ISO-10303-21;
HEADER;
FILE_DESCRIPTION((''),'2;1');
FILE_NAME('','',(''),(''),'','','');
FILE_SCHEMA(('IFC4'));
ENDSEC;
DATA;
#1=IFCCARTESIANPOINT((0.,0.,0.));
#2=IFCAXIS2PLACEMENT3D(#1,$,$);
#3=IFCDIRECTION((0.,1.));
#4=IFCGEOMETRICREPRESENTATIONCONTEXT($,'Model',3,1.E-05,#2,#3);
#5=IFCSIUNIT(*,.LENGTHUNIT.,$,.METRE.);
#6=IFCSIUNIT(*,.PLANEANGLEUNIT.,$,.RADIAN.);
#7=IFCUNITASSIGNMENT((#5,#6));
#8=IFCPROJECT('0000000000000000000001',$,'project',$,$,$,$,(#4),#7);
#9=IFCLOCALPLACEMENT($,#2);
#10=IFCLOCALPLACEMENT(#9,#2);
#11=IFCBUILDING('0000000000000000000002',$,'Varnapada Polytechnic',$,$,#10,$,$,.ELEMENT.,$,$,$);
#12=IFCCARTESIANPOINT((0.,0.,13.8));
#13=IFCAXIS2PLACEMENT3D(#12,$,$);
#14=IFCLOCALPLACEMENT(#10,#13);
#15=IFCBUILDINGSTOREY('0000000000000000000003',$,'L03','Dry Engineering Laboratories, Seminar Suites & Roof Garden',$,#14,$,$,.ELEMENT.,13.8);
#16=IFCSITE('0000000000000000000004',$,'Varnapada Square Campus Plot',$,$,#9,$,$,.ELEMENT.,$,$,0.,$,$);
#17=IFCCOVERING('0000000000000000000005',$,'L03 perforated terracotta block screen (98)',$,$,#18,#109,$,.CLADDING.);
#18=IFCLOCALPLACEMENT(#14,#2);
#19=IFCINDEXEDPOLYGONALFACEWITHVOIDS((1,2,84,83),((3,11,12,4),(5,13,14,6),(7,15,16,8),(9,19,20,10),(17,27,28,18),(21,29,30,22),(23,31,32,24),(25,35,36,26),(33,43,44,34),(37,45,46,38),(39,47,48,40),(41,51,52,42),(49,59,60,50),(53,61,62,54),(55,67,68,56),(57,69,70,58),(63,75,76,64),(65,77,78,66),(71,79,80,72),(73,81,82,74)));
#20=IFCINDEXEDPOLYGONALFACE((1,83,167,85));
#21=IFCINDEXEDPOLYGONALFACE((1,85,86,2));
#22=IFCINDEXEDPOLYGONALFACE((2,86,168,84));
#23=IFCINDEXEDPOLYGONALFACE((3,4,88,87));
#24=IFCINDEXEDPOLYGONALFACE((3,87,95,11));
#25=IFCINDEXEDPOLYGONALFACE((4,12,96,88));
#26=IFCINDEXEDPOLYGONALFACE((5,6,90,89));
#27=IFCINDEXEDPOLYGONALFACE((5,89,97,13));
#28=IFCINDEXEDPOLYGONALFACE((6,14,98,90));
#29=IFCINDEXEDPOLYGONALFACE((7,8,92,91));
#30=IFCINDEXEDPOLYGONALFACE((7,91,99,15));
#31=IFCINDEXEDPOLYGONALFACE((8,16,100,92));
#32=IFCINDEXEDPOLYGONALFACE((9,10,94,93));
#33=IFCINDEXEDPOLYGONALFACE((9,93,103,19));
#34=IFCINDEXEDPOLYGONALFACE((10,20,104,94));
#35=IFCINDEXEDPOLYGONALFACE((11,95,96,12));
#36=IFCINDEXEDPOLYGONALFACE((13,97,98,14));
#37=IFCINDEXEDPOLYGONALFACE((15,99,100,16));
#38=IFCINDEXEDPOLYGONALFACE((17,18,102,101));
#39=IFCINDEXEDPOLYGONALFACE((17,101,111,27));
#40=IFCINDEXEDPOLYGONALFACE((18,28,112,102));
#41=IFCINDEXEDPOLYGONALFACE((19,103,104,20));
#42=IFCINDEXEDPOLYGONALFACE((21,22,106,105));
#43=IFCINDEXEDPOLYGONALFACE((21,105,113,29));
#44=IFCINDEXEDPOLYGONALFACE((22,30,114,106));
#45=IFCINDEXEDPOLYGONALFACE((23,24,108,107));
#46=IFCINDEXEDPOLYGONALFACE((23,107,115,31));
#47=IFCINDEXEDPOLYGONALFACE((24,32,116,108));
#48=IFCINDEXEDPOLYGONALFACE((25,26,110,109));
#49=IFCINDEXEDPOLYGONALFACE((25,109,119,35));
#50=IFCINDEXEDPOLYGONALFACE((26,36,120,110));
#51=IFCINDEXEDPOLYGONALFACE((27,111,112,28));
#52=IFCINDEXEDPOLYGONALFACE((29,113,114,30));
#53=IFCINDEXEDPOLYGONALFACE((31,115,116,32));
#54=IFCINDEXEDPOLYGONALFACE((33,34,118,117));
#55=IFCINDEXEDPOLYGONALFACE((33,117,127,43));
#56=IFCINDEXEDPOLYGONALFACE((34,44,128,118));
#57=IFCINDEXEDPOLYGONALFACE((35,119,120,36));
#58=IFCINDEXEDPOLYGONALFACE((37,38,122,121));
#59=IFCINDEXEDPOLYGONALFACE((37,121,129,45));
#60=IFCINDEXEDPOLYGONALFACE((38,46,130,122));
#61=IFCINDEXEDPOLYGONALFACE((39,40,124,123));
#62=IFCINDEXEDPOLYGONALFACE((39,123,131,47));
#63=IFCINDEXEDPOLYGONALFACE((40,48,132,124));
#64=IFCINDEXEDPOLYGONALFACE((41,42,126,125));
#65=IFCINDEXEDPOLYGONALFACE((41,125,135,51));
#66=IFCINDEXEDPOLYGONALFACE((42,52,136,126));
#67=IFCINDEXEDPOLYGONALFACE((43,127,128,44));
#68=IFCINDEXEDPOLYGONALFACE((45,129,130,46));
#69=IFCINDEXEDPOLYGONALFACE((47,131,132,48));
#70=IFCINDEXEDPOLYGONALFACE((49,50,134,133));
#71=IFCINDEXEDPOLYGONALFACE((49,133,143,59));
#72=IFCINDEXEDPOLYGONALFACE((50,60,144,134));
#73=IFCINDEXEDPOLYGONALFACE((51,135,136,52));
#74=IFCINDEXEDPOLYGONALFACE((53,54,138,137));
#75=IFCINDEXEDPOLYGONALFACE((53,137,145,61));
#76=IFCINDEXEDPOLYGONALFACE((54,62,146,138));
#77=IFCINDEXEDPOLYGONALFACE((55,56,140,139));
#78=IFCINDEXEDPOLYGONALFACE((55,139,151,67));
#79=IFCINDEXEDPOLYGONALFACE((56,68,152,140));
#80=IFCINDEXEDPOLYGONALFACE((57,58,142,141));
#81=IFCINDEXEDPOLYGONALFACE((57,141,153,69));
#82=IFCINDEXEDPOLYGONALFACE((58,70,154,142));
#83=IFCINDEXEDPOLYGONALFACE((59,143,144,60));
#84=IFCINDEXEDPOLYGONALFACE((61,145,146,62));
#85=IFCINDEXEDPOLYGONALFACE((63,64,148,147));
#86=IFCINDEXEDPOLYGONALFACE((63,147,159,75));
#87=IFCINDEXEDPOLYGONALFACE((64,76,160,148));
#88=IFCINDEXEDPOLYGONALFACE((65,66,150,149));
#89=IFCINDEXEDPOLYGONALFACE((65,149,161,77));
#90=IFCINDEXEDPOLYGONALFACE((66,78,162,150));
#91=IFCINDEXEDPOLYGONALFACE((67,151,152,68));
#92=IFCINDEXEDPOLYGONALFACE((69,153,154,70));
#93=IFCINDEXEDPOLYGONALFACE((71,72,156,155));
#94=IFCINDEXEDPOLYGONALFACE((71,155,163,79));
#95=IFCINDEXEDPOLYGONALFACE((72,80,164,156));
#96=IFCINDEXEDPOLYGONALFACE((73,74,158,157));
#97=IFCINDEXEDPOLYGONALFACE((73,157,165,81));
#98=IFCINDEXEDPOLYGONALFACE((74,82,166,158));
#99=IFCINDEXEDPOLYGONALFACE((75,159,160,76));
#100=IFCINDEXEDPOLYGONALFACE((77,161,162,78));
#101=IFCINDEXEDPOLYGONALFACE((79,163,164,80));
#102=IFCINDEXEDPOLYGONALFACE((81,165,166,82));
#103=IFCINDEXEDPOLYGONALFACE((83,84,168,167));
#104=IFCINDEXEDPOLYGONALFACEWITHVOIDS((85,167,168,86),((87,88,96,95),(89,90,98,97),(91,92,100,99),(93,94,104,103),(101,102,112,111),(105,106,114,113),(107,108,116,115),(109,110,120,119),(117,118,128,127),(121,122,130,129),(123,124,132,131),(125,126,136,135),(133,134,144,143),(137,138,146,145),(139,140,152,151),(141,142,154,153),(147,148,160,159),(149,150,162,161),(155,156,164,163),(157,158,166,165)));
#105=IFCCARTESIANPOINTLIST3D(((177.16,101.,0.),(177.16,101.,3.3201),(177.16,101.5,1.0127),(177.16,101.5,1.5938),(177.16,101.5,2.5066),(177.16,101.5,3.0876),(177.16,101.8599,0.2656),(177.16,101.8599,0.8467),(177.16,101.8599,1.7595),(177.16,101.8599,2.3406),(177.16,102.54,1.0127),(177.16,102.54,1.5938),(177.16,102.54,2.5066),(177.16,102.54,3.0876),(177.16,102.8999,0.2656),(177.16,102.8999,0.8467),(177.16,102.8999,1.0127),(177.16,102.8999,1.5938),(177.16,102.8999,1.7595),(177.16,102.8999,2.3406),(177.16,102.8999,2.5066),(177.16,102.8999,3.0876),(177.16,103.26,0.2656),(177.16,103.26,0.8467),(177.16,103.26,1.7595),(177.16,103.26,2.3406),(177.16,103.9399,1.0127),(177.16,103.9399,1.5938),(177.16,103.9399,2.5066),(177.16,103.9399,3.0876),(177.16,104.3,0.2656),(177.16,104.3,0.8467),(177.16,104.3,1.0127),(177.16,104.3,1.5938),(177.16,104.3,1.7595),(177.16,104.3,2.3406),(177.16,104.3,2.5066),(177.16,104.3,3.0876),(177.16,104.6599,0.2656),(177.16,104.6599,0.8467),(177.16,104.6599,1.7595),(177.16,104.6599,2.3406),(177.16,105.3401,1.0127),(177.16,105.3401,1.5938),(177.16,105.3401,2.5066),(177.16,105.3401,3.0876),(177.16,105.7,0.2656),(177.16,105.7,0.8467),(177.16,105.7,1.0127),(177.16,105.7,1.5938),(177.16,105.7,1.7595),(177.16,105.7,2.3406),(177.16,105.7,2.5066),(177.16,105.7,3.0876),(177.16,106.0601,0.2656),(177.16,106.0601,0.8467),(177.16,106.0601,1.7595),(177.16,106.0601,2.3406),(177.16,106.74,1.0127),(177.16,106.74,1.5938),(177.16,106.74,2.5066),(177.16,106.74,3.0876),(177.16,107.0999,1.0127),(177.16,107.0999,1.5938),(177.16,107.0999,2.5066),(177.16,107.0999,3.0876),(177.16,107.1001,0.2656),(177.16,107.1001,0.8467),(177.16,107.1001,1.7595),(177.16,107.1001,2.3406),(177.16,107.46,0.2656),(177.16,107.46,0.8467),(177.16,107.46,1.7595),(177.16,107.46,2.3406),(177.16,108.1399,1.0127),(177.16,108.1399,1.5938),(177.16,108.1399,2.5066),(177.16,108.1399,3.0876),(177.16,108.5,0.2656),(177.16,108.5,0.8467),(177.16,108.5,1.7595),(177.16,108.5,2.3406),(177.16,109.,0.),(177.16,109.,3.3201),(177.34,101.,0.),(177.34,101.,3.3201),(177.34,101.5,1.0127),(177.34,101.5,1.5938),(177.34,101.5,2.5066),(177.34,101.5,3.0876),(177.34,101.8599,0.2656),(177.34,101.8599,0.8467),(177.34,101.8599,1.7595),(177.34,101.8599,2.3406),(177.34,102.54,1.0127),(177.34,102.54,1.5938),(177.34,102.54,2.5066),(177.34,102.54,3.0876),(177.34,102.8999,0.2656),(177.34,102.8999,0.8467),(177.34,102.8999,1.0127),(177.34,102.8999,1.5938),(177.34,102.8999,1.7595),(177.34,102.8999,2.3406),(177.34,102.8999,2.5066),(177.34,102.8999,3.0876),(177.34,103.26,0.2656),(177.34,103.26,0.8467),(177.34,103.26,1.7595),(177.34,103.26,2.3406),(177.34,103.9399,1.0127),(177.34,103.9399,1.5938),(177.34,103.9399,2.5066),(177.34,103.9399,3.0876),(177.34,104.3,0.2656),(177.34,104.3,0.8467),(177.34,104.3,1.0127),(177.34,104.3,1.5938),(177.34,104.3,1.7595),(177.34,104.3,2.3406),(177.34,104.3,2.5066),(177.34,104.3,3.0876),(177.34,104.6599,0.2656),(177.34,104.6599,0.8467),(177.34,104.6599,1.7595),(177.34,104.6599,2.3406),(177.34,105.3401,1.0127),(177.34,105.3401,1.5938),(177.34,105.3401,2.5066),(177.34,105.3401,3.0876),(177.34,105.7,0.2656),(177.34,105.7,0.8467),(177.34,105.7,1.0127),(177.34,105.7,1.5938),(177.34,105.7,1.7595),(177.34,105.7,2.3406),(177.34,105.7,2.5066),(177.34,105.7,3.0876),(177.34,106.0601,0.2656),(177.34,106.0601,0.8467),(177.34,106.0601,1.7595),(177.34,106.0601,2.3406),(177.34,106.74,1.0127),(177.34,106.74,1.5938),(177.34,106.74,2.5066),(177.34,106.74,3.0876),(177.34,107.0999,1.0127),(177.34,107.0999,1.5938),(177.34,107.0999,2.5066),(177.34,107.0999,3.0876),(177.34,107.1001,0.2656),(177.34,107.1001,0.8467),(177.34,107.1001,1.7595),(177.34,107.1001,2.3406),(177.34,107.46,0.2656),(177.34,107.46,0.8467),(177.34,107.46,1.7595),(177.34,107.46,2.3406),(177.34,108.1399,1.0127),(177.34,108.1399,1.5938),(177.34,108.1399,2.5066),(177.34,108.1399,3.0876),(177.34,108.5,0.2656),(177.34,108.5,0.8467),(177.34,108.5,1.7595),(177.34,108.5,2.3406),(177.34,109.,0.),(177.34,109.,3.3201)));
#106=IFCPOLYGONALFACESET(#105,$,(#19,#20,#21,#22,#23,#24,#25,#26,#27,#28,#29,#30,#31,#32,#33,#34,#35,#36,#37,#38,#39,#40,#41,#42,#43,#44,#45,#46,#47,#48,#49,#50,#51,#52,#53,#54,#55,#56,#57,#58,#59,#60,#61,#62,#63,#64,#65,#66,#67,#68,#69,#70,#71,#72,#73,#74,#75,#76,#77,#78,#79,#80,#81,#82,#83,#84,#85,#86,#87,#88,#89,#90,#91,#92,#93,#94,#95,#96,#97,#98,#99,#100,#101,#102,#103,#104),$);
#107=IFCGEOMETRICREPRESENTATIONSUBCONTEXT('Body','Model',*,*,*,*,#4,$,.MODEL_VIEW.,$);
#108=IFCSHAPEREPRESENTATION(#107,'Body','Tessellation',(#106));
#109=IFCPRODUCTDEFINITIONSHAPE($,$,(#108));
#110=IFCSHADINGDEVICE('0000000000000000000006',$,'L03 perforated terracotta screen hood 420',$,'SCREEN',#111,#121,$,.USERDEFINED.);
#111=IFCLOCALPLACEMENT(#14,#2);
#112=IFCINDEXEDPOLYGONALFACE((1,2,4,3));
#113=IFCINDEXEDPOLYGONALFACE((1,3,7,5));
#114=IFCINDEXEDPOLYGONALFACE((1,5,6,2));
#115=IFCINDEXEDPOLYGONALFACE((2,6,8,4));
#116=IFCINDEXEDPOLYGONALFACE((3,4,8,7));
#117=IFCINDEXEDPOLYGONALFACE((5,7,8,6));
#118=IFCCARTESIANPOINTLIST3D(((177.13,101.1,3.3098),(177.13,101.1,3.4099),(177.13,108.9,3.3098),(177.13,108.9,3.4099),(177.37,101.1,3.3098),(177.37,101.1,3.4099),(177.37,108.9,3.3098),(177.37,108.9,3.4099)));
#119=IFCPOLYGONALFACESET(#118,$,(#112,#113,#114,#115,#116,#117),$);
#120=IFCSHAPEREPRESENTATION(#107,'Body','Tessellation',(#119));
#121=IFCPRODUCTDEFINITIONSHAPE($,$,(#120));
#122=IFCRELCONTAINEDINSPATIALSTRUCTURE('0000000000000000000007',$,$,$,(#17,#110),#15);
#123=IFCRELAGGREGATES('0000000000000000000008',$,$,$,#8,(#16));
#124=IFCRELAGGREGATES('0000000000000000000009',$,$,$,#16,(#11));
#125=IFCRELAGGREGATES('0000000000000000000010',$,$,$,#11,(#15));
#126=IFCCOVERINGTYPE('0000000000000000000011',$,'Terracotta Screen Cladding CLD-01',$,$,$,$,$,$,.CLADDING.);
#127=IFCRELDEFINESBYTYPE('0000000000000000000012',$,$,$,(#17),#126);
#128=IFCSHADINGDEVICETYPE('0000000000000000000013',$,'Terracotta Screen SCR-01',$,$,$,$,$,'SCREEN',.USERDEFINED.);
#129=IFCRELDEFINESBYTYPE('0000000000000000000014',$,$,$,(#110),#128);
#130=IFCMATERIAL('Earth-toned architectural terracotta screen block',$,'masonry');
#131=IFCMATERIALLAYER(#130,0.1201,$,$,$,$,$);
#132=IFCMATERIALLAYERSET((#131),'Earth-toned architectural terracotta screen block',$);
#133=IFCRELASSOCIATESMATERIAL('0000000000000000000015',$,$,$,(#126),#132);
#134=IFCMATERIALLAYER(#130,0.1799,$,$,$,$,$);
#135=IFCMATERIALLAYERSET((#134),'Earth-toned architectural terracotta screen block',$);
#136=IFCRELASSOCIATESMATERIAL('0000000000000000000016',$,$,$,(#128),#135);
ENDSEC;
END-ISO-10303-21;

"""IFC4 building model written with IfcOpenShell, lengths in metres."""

from ifc_helpers import new_model, si_unit, direction, frame, frame_2d, origin, origin_2d, place, context, subcontext, project, spatial, rectangle, extrude, material, layer, layer_set, type_object, element, save


model = new_model("IFC4")

# Units and contexts
model_context = context("Model", 3, precision=1e-05, world=origin(), true_north=direction((0.0, 1.0)))
body_context = subcontext(model_context, "Body", "Model", "MODEL_VIEW")
ifc_project = project(units=[si_unit("LENGTHUNIT", "METRE"), si_unit("PLANEANGLEUNIT", "RADIAN")], contexts=[model_context])

# Site, building, storey
site_placement = place(None, origin())
site = spatial("IfcSite", under=ifc_project, at=site_placement, Name="Varnapada Square Campus Plot", CompositionType="ELEMENT", RefElevation=0.0)
building_placement = place(site_placement, origin())
building = spatial("IfcBuilding", under=site, at=building_placement, Name="Varnapada Polytechnic", CompositionType="ELEMENT")
storey_placement = place(building_placement, frame((0.0, 0.0, 13.8)))
storey = spatial("IfcBuildingStorey", under=building, at=storey_placement, Name="L03", Description="Dry Engineering Laboratories, Seminar Suites & Roof Garden", CompositionType="ELEMENT", Elevation=13.8)

# Covering, openings
ifc_material_1 = material(Name="Earth-toned architectural terracotta screen block", Category="masonry")
ifc_layer_1 = layer(ifc_material_1, 0.1201)
ifc_layer_set_1 = layer_set([ifc_layer_1], Name="Earth-toned architectural terracotta screen block")
covering_type_1 = type_object("IfcCoveringType", Name="Terracotta Screen Cladding CLD-01", PredefinedType="CLADDING", material=ifc_layer_set_1)
covering_1_placement = place(storey_placement, frame((177.25, 109.0, 0.0), z_axis=(0.0, 0.0, 1.0), x_axis=(0.0, -1.0, 0.0)))
covering_1 = element("IfcCovering", 1, at=covering_1_placement, inside=storey, type_object=covering_type_1, Name="L03 perforated terracotta block screen (98)", PredefinedType="CLADDING", context=body_context, shape_type="SweptSolid", body=[
    extrude(rectangle(XDim=8.0, YDim=0.1799, at=frame_2d((4.0, 0.0))), origin(), (0.0, 0.0, 1.0), 3.3201),
])
opening_1_placement = place(covering_1_placement, frame((0.5, 0.0, 0.2656)))
element("IfcOpeningElement", 2, at=opening_1_placement, cuts=covering_1, PredefinedType="OPENING", context=body_context, shape_type="SweptSolid", body=[
    extrude(rectangle(XDim=1.04, YDim=0.5811, at=frame_2d((0.52, 0.2905))), frame((0.0, 0.0999, 0.0), z_axis=(0.0, -1.0, 0.0), x_axis=(1.0, 0.0, 0.0)), (0.0, 0.0, 1.0), 0.2),
])
opening_2_placement = place(covering_1_placement, frame((1.8999, 0.0, 0.2656)))
element("IfcOpeningElement", 3, at=opening_2_placement, cuts=covering_1, PredefinedType="OPENING", context=body_context, shape_type="SweptSolid", body=[
    extrude(rectangle(XDim=1.04, YDim=0.5811, at=frame_2d((0.52, 0.2905))), frame((0.0, 0.0999, 0.0), z_axis=(0.0, -1.0, 0.0), x_axis=(1.0, 0.0, 0.0)), (0.0, 0.0, 1.0), 0.2),
])
opening_3_placement = place(covering_1_placement, frame((3.3, 0.0, 0.2656)))
element("IfcOpeningElement", 4, at=opening_3_placement, cuts=covering_1, PredefinedType="OPENING", context=body_context, shape_type="SweptSolid", body=[
    extrude(rectangle(XDim=1.04, YDim=0.5811, at=frame_2d((0.52, 0.2905))), frame((0.0, 0.0999, 0.0), z_axis=(0.0, -1.0, 0.0), x_axis=(1.0, 0.0, 0.0)), (0.0, 0.0, 1.0), 0.2),
])
opening_4_placement = place(covering_1_placement, frame((4.7, 0.0, 0.2656)))
element("IfcOpeningElement", 5, at=opening_4_placement, cuts=covering_1, PredefinedType="OPENING", context=body_context, shape_type="SweptSolid", body=[
    extrude(rectangle(XDim=1.04, YDim=0.5811, at=frame_2d((0.52, 0.2905))), frame((0.0, 0.0999, 0.0), z_axis=(0.0, -1.0, 0.0), x_axis=(1.0, 0.0, 0.0)), (0.0, 0.0, 1.0), 0.2),
])
opening_5_placement = place(covering_1_placement, frame((6.1001, 0.0, 0.2656)))
element("IfcOpeningElement", 6, at=opening_5_placement, cuts=covering_1, PredefinedType="OPENING", context=body_context, shape_type="SweptSolid", body=[
    extrude(rectangle(XDim=1.04, YDim=0.5811, at=frame_2d((0.52, 0.2905))), frame((0.0, 0.0999, 0.0), z_axis=(0.0, -1.0, 0.0), x_axis=(1.0, 0.0, 0.0)), (0.0, 0.0, 1.0), 0.2),
])
opening_6_placement = place(covering_1_placement, frame((0.8601, 0.0, 1.0127)))
element("IfcOpeningElement", 7, at=opening_6_placement, cuts=covering_1, PredefinedType="OPENING", context=body_context, shape_type="SweptSolid", body=[
    extrude(rectangle(XDim=1.04, YDim=0.5811, at=frame_2d((0.52, 0.2905))), frame((0.0, 0.0999, 0.0), z_axis=(0.0, -1.0, 0.0), x_axis=(1.0, 0.0, 0.0)), (0.0, 0.0, 1.0), 0.2),
])
opening_7_placement = place(covering_1_placement, frame((2.26, 0.0, 1.0127)))
element("IfcOpeningElement", 8, at=opening_7_placement, cuts=covering_1, PredefinedType="OPENING", context=body_context, shape_type="SweptSolid", body=[
    extrude(rectangle(XDim=1.04, YDim=0.5811, at=frame_2d((0.52, 0.2905))), frame((0.0, 0.0999, 0.0), z_axis=(0.0, -1.0, 0.0), x_axis=(1.0, 0.0, 0.0)), (0.0, 0.0, 1.0), 0.2),
])
opening_8_placement = place(covering_1_placement, frame((3.6599, 0.0, 1.0127)))
element("IfcOpeningElement", 9, at=opening_8_placement, cuts=covering_1, PredefinedType="OPENING", context=body_context, shape_type="SweptSolid", body=[
    extrude(rectangle(XDim=1.04, YDim=0.5811, at=frame_2d((0.52, 0.2905))), frame((0.0, 0.0999, 0.0), z_axis=(0.0, -1.0, 0.0), x_axis=(1.0, 0.0, 0.0)), (0.0, 0.0, 1.0), 0.2),
])
opening_9_placement = place(covering_1_placement, frame((5.0601, 0.0, 1.0127)))
element("IfcOpeningElement", 10, at=opening_9_placement, cuts=covering_1, PredefinedType="OPENING", context=body_context, shape_type="SweptSolid", body=[
    extrude(rectangle(XDim=1.04, YDim=0.5811, at=frame_2d((0.52, 0.2905))), frame((0.0, 0.0999, 0.0), z_axis=(0.0, -1.0, 0.0), x_axis=(1.0, 0.0, 0.0)), (0.0, 0.0, 1.0), 0.2),
])
opening_10_placement = place(covering_1_placement, frame((6.46, 0.0, 1.0127)))
element("IfcOpeningElement", 11, at=opening_10_placement, cuts=covering_1, PredefinedType="OPENING", context=body_context, shape_type="SweptSolid", body=[
    extrude(rectangle(XDim=1.04, YDim=0.5811, at=frame_2d((0.52, 0.2905))), frame((0.0, 0.0999, 0.0), z_axis=(0.0, -1.0, 0.0), x_axis=(1.0, 0.0, 0.0)), (0.0, 0.0, 1.0), 0.2),
])
opening_11_placement = place(covering_1_placement, frame((0.5, 0.0, 1.7595)))
element("IfcOpeningElement", 12, at=opening_11_placement, cuts=covering_1, PredefinedType="OPENING", context=body_context, shape_type="SweptSolid", body=[
    extrude(rectangle(XDim=1.04, YDim=0.5811, at=frame_2d((0.52, 0.2905))), frame((0.0, 0.0999, 0.0), z_axis=(0.0, -1.0, 0.0), x_axis=(1.0, 0.0, 0.0)), (0.0, 0.0, 1.0), 0.2),
])
opening_12_placement = place(covering_1_placement, frame((1.8999, 0.0, 1.7595)))
element("IfcOpeningElement", 13, at=opening_12_placement, cuts=covering_1, PredefinedType="OPENING", context=body_context, shape_type="SweptSolid", body=[
    extrude(rectangle(XDim=1.04, YDim=0.5811, at=frame_2d((0.52, 0.2905))), frame((0.0, 0.0999, 0.0), z_axis=(0.0, -1.0, 0.0), x_axis=(1.0, 0.0, 0.0)), (0.0, 0.0, 1.0), 0.2),
])
opening_13_placement = place(covering_1_placement, frame((3.3, 0.0, 1.7595)))
element("IfcOpeningElement", 14, at=opening_13_placement, cuts=covering_1, PredefinedType="OPENING", context=body_context, shape_type="SweptSolid", body=[
    extrude(rectangle(XDim=1.04, YDim=0.5811, at=frame_2d((0.52, 0.2905))), frame((0.0, 0.0999, 0.0), z_axis=(0.0, -1.0, 0.0), x_axis=(1.0, 0.0, 0.0)), (0.0, 0.0, 1.0), 0.2),
])
opening_14_placement = place(covering_1_placement, frame((4.7, 0.0, 1.7595)))
element("IfcOpeningElement", 15, at=opening_14_placement, cuts=covering_1, PredefinedType="OPENING", context=body_context, shape_type="SweptSolid", body=[
    extrude(rectangle(XDim=1.04, YDim=0.5811, at=frame_2d((0.52, 0.2905))), frame((0.0, 0.0999, 0.0), z_axis=(0.0, -1.0, 0.0), x_axis=(1.0, 0.0, 0.0)), (0.0, 0.0, 1.0), 0.2),
])
opening_15_placement = place(covering_1_placement, frame((6.1001, 0.0, 1.7595)))
element("IfcOpeningElement", 16, at=opening_15_placement, cuts=covering_1, PredefinedType="OPENING", context=body_context, shape_type="SweptSolid", body=[
    extrude(rectangle(XDim=1.04, YDim=0.5811, at=frame_2d((0.52, 0.2905))), frame((0.0, 0.0999, 0.0), z_axis=(0.0, -1.0, 0.0), x_axis=(1.0, 0.0, 0.0)), (0.0, 0.0, 1.0), 0.2),
])
opening_16_placement = place(covering_1_placement, frame((0.8601, 0.0, 2.5066)))
element("IfcOpeningElement", 17, at=opening_16_placement, cuts=covering_1, PredefinedType="OPENING", context=body_context, shape_type="SweptSolid", body=[
    extrude(rectangle(XDim=1.04, YDim=0.5811, at=frame_2d((0.52, 0.2905))), frame((0.0, 0.0999, 0.0), z_axis=(0.0, -1.0, 0.0), x_axis=(1.0, 0.0, 0.0)), (0.0, 0.0, 1.0), 0.2),
])
opening_17_placement = place(covering_1_placement, frame((2.26, 0.0, 2.5066)))
element("IfcOpeningElement", 18, at=opening_17_placement, cuts=covering_1, PredefinedType="OPENING", context=body_context, shape_type="SweptSolid", body=[
    extrude(rectangle(XDim=1.04, YDim=0.5811, at=frame_2d((0.52, 0.2905))), frame((0.0, 0.0999, 0.0), z_axis=(0.0, -1.0, 0.0), x_axis=(1.0, 0.0, 0.0)), (0.0, 0.0, 1.0), 0.2),
])
opening_18_placement = place(covering_1_placement, frame((3.6599, 0.0, 2.5066)))
element("IfcOpeningElement", 19, at=opening_18_placement, cuts=covering_1, PredefinedType="OPENING", context=body_context, shape_type="SweptSolid", body=[
    extrude(rectangle(XDim=1.04, YDim=0.5811, at=frame_2d((0.52, 0.2905))), frame((0.0, 0.0999, 0.0), z_axis=(0.0, -1.0, 0.0), x_axis=(1.0, 0.0, 0.0)), (0.0, 0.0, 1.0), 0.2),
])
opening_19_placement = place(covering_1_placement, frame((5.0601, 0.0, 2.5066)))
element("IfcOpeningElement", 20, at=opening_19_placement, cuts=covering_1, PredefinedType="OPENING", context=body_context, shape_type="SweptSolid", body=[
    extrude(rectangle(XDim=1.04, YDim=0.5811, at=frame_2d((0.52, 0.2905))), frame((0.0, 0.0999, 0.0), z_axis=(0.0, -1.0, 0.0), x_axis=(1.0, 0.0, 0.0)), (0.0, 0.0, 1.0), 0.2),
])
opening_20_placement = place(covering_1_placement, frame((6.46, 0.0, 2.5066)))
element("IfcOpeningElement", 21, at=opening_20_placement, cuts=covering_1, PredefinedType="OPENING", context=body_context, shape_type="SweptSolid", body=[
    extrude(rectangle(XDim=1.04, YDim=0.5811, at=frame_2d((0.52, 0.2905))), frame((0.0, 0.0999, 0.0), z_axis=(0.0, -1.0, 0.0), x_axis=(1.0, 0.0, 0.0)), (0.0, 0.0, 1.0), 0.2),
])

# Shading device
ifc_layer_2 = layer(ifc_material_1, 0.1799)
ifc_layer_set_2 = layer_set([ifc_layer_2], Name="Earth-toned architectural terracotta screen block")
shading_device_type = type_object("IfcShadingDeviceType", Name="Terracotta Screen SCR-01", ElementType="SCREEN", PredefinedType="USERDEFINED", material=ifc_layer_set_2)
shading_device_placement = place(storey_placement, frame((177.25, 105.0, 3.3098), z_axis=(0.0, 0.0, 1.0), x_axis=(0.0, -1.0, 0.0)))
element("IfcShadingDevice", 22, at=shading_device_placement, inside=storey, type_object=shading_device_type, Name="L03 perforated terracotta screen hood 420", ObjectType="SCREEN", PredefinedType="USERDEFINED", context=body_context, shape_type="SweptSolid", body=[
    extrude(rectangle(XDim=7.8, YDim=0.24, at=origin_2d()), origin(), (0.0, 0.0, 1.0), 0.1001),
])

save(model, "model.ifc")
